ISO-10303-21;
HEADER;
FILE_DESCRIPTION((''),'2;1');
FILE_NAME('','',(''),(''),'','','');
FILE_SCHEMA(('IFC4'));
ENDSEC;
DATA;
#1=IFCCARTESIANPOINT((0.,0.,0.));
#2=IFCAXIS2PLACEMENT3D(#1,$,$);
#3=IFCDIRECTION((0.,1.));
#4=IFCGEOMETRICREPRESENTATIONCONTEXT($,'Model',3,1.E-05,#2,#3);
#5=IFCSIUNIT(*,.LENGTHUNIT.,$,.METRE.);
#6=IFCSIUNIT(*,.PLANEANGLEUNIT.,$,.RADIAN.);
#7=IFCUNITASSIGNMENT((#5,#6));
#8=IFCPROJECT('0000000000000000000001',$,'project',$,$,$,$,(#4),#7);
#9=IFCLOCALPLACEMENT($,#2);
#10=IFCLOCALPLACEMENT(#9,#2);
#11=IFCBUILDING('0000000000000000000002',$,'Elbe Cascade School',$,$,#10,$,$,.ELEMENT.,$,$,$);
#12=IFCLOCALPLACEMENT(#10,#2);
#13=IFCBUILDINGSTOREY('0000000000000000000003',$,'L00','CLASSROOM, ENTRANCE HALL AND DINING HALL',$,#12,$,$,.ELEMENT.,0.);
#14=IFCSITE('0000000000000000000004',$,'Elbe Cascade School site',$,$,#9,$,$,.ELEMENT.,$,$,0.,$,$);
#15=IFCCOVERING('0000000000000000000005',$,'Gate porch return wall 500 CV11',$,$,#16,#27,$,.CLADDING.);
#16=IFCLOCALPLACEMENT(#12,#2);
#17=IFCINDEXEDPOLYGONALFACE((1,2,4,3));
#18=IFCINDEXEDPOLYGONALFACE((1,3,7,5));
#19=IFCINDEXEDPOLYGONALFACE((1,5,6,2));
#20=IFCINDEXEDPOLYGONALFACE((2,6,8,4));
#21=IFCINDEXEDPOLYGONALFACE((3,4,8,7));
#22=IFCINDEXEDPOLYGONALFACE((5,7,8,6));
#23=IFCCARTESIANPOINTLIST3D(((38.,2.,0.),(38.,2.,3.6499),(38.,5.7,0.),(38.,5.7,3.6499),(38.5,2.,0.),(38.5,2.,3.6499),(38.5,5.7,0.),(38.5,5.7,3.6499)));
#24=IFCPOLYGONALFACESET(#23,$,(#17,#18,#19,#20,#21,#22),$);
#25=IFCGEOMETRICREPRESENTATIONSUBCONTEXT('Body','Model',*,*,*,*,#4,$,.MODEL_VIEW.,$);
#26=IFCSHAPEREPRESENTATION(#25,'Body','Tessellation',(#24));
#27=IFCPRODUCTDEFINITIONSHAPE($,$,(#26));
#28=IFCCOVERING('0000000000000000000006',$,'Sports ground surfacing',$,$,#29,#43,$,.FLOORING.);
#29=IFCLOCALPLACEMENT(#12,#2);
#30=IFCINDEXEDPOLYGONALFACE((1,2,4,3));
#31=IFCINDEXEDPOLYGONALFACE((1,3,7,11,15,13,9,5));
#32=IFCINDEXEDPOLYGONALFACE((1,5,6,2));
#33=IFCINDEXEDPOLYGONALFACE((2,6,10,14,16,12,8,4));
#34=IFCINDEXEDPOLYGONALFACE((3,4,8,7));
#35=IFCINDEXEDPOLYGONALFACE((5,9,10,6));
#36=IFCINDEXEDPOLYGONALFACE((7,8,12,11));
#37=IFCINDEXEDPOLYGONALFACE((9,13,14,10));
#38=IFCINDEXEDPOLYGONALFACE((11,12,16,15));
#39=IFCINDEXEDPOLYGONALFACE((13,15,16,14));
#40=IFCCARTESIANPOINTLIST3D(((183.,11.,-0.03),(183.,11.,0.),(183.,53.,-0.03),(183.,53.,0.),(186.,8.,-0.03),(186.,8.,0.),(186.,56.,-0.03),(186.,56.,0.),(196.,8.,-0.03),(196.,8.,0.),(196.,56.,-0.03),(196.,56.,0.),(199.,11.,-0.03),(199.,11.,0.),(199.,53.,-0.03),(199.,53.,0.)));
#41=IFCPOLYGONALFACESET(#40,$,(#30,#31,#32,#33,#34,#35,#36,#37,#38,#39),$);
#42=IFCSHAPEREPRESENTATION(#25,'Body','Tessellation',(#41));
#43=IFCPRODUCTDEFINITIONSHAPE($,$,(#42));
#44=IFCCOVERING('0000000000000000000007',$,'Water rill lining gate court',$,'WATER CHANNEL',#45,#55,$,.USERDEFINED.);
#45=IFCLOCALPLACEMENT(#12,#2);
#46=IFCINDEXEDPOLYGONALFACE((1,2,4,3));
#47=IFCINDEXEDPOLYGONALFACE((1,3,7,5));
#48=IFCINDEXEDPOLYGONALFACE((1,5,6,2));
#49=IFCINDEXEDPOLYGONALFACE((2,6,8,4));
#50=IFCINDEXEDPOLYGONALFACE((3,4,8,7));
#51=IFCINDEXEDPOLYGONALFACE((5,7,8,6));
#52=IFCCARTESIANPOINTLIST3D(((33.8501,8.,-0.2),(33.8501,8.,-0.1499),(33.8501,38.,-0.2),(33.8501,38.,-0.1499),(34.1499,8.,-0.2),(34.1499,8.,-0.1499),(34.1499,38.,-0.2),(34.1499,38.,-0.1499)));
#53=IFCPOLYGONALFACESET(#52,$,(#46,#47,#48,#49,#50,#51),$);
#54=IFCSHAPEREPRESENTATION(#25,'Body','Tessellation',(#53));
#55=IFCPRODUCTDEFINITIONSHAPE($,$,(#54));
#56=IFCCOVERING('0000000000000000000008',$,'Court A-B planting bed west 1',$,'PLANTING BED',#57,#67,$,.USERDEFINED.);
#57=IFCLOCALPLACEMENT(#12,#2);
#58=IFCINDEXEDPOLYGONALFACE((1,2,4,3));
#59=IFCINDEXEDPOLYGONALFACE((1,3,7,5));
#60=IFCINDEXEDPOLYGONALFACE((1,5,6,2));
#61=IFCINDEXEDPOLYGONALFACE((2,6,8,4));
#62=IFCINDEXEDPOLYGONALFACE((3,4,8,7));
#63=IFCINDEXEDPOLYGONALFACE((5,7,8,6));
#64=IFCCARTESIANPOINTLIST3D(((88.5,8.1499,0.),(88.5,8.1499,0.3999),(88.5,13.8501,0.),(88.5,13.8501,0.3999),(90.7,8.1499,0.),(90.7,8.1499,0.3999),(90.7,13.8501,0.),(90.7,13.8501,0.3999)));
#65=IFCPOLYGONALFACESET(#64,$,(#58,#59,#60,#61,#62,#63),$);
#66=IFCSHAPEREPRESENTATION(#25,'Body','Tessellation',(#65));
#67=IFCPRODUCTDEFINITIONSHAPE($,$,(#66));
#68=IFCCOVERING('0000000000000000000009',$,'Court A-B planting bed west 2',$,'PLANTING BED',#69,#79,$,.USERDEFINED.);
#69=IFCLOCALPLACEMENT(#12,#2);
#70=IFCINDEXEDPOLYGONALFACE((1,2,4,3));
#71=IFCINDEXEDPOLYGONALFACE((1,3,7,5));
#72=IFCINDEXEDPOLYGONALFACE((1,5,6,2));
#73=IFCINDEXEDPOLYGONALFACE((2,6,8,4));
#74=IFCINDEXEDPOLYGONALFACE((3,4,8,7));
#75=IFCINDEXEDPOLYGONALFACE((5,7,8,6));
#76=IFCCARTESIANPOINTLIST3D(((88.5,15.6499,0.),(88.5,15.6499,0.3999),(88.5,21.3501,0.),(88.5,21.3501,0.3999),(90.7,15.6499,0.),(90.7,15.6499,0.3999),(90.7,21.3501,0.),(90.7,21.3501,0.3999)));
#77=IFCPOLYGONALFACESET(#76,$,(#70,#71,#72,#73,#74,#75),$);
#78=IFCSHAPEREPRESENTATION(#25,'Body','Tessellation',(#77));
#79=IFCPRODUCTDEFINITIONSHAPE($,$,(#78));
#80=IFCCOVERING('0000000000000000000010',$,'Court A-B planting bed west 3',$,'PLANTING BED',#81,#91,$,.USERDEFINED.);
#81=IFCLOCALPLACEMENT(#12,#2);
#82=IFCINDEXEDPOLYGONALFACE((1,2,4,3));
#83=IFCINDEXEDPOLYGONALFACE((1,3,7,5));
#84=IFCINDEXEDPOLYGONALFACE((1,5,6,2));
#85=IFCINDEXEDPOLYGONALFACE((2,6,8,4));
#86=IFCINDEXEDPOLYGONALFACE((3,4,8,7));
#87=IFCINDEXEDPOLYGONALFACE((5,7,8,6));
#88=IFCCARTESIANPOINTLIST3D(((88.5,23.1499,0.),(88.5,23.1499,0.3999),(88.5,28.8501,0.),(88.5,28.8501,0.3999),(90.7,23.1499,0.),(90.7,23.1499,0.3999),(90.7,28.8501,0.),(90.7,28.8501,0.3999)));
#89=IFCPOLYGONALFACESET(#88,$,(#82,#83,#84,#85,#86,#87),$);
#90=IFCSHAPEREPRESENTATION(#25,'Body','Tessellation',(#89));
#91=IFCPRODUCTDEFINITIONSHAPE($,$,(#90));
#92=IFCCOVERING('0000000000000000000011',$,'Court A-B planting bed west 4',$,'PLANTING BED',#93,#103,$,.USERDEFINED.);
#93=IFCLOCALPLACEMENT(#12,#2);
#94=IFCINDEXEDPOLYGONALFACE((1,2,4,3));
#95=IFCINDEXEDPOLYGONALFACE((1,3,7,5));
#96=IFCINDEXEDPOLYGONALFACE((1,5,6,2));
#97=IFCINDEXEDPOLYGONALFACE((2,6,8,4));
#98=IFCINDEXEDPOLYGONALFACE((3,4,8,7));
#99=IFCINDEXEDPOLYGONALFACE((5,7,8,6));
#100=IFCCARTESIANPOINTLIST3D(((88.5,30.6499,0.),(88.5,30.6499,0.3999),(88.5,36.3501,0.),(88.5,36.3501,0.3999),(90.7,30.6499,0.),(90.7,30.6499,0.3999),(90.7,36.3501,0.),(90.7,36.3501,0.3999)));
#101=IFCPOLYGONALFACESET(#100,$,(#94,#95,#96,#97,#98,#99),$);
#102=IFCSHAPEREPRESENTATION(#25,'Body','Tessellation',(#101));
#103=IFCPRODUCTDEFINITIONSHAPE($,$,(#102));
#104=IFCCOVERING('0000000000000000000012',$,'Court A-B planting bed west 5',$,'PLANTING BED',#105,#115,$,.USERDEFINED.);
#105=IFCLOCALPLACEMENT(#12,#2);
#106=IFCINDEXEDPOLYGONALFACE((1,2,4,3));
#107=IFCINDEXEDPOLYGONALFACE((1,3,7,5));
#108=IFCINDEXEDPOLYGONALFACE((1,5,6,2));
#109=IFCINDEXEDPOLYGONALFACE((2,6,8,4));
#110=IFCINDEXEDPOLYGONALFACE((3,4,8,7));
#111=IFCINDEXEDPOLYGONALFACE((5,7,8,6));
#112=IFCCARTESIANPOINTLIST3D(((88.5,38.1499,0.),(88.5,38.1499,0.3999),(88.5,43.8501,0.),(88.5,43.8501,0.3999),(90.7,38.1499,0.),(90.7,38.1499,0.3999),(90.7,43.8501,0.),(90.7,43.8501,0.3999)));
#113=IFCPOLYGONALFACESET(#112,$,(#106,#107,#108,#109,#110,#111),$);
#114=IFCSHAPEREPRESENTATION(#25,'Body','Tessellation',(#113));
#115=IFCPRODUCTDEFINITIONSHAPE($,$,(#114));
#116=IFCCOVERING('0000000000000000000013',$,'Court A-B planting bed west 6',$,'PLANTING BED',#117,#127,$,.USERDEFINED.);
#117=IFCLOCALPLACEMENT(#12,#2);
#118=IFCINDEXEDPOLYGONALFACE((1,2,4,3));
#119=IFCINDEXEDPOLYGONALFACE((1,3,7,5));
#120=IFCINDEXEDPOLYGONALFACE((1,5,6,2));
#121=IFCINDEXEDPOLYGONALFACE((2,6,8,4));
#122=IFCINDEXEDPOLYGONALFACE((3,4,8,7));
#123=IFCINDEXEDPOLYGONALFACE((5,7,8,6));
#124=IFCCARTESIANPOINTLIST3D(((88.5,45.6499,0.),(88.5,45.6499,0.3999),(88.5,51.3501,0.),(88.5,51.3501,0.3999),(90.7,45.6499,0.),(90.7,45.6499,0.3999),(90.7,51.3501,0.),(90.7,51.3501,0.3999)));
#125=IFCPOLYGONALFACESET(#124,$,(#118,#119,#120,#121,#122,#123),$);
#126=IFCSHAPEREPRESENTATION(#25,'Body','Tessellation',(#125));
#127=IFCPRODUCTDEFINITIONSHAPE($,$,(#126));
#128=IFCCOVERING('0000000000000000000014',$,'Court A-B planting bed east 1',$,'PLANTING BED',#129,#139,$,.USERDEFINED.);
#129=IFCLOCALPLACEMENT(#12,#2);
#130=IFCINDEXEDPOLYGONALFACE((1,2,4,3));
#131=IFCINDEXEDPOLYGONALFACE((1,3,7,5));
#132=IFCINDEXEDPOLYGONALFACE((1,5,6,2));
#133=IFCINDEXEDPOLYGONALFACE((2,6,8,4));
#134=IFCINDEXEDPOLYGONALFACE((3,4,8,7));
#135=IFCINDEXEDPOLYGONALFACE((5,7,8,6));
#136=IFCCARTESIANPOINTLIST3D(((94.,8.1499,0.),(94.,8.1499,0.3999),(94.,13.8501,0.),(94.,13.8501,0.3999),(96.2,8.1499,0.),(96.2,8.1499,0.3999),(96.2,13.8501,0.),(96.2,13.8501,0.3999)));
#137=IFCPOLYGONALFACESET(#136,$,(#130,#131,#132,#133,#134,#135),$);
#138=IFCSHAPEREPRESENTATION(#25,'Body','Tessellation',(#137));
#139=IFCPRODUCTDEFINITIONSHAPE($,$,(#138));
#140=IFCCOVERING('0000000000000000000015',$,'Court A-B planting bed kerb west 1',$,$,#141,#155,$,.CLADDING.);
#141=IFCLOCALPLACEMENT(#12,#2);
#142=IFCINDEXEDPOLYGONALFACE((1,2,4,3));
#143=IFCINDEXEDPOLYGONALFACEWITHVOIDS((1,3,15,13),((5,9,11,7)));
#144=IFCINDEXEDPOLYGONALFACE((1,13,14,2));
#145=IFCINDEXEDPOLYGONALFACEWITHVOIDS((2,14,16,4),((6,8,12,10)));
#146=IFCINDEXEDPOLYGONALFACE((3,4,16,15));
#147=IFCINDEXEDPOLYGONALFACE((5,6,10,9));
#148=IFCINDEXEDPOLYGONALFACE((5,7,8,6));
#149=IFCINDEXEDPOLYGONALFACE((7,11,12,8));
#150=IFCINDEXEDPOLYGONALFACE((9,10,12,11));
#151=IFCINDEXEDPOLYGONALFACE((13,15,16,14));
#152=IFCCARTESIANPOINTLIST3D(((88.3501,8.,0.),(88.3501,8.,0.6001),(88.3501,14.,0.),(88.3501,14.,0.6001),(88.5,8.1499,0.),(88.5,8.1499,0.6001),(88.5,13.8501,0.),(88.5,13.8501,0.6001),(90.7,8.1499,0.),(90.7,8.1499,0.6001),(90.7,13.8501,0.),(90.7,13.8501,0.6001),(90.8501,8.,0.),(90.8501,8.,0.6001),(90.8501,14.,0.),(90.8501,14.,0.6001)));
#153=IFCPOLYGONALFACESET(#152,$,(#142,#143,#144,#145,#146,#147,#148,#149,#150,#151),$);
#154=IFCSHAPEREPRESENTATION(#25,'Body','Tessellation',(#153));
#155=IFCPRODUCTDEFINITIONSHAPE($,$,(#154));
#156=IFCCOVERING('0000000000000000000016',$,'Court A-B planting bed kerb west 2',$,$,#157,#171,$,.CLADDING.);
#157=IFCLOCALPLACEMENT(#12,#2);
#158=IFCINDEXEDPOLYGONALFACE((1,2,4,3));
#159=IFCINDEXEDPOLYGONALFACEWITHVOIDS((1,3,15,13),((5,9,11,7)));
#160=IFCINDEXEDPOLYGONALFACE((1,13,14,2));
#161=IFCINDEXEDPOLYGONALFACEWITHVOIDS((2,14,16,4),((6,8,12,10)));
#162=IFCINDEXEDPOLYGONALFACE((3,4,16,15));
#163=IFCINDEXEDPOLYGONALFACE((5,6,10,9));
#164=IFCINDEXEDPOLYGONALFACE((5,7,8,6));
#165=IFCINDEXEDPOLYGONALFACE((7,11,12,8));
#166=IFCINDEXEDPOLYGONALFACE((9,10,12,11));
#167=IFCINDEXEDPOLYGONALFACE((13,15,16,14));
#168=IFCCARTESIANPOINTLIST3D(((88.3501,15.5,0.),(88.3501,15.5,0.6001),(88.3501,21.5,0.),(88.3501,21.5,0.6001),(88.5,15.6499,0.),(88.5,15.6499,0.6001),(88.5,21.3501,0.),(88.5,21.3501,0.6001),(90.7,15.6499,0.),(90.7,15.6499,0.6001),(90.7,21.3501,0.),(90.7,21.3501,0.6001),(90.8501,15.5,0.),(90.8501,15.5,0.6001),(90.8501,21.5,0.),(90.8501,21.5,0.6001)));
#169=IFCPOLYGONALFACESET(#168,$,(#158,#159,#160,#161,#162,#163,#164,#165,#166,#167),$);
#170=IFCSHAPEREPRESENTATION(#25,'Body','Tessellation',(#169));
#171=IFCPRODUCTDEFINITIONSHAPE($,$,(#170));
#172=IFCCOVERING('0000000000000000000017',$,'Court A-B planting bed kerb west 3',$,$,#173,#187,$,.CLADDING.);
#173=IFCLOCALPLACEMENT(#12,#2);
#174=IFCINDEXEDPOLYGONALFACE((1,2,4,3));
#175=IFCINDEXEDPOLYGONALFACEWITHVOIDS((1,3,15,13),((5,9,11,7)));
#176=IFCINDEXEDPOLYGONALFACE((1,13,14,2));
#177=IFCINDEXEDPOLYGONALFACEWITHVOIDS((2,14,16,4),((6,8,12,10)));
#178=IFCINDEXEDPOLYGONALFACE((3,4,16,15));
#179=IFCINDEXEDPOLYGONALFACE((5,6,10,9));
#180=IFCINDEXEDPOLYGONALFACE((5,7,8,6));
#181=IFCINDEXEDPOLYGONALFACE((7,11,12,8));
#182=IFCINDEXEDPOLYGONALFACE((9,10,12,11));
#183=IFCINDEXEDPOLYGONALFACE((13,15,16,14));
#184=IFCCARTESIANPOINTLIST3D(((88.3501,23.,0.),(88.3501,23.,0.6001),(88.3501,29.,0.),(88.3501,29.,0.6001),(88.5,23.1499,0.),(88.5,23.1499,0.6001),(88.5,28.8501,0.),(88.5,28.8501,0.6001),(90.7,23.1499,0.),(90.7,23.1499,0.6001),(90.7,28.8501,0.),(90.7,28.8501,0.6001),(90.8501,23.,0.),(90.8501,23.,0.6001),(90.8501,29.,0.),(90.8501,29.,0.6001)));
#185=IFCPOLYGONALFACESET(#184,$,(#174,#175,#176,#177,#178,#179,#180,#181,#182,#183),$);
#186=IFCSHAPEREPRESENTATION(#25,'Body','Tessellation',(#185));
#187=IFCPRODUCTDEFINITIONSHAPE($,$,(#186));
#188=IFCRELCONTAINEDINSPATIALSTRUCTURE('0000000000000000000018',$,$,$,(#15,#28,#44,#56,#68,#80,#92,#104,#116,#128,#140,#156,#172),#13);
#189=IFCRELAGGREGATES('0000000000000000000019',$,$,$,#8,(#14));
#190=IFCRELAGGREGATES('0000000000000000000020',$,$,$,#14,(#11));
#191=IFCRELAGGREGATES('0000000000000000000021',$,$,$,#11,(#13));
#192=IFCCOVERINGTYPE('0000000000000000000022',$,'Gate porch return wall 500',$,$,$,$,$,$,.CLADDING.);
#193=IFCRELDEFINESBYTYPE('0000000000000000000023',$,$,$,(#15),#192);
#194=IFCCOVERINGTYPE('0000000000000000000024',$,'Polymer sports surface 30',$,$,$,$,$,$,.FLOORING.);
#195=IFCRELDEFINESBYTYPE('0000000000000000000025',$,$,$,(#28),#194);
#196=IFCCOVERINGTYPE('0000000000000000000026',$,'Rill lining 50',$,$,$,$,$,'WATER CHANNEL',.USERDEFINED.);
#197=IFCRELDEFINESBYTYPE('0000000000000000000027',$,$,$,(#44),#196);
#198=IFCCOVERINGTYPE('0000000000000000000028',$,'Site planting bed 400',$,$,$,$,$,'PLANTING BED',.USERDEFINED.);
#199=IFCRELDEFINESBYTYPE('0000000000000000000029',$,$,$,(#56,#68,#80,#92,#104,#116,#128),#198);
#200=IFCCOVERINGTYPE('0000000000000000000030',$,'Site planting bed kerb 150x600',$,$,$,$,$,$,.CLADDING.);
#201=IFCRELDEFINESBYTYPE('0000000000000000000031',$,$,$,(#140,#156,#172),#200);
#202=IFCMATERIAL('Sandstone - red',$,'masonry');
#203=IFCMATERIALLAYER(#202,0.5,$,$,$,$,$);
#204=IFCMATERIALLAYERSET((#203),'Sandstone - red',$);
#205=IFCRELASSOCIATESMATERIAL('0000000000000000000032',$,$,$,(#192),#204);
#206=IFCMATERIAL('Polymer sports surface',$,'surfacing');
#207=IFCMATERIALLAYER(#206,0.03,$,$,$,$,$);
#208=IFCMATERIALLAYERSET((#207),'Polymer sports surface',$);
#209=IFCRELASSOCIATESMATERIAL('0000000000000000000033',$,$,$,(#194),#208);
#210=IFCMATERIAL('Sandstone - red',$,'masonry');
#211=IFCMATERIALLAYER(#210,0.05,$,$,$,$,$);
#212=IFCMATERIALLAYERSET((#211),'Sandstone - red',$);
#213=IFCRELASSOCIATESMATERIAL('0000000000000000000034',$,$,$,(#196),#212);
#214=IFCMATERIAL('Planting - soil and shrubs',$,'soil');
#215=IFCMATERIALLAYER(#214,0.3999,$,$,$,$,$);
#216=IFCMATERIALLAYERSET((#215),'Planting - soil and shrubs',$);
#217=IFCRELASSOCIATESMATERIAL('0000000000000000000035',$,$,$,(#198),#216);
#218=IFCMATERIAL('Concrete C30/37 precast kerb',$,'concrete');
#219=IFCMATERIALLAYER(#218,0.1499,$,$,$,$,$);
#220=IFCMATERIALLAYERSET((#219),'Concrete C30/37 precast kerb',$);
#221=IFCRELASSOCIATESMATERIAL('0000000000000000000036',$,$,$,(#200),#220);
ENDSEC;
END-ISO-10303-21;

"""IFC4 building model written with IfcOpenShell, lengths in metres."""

from ifc_helpers import new_model, si_unit, direction, frame, origin, place, context, subcontext, project, spatial, polyline, outline, extrude, material, layer, layer_set, type_object, element, save


model = new_model("IFC4")

# Units and contexts
model_context = context("Model", 3, precision=1e-05, world=origin(), true_north=direction((0.0, 1.0)))
body_context = subcontext(model_context, "Body", "Model", "MODEL_VIEW")
ifc_project = project(units=[si_unit("LENGTHUNIT", "METRE"), si_unit("PLANEANGLEUNIT", "RADIAN")], contexts=[model_context])

# Site, building, storey
site_placement = place(None, origin())
site = spatial("IfcSite", under=ifc_project, at=site_placement, Name="Elbe Cascade School site", CompositionType="ELEMENT", RefElevation=0.0)
building_placement = place(site_placement, origin())
building = spatial("IfcBuilding", under=site, at=building_placement, Name="Elbe Cascade School", CompositionType="ELEMENT")
storey_placement = place(building_placement, origin())
storey = spatial("IfcBuildingStorey", under=building, at=storey_placement, Name="L00", Description="CLASSROOM, ENTRANCE HALL AND DINING HALL", CompositionType="ELEMENT", Elevation=0.0)

# Coverings
ifc_material_1 = material(Name="Sandstone - red", Category="masonry")
ifc_layer_1 = layer(ifc_material_1, 0.5)
ifc_layer_set_1 = layer_set([ifc_layer_1], Name="Sandstone - red")
covering_type_1 = type_object("IfcCoveringType", Name="Gate porch return wall 500", PredefinedType="CLADDING", material=ifc_layer_set_1)
covering_1_placement = place(storey_placement, origin())
element("IfcCovering", 1, at=covering_1_placement, inside=storey, type_object=covering_type_1, Name="Gate porch return wall 500 CV11", PredefinedType="CLADDING", context=body_context, shape_type="SweptSolid", body=[
    extrude(outline(polyline([(38.0, 2.0), (38.5, 2.0), (38.5, 5.7), (38.0, 5.7), (38.0, 2.0)])), origin(), (0.0, 0.0, 1.0), 3.6499),
])
ifc_material_2 = material(Name="Polymer sports surface", Category="surfacing")
ifc_layer_2 = layer(ifc_material_2, 0.03)
ifc_layer_set_2 = layer_set([ifc_layer_2], Name="Polymer sports surface")
covering_type_2 = type_object("IfcCoveringType", Name="Polymer sports surface 30", PredefinedType="FLOORING", material=ifc_layer_set_2)
covering_2_placement = place(storey_placement, frame((0.0, 0.0, -0.03)))
element("IfcCovering", 2, at=covering_2_placement, inside=storey, type_object=covering_type_2, Name="Sports ground surfacing", PredefinedType="FLOORING", context=body_context, shape_type="SweptSolid", body=[
    extrude(outline(polyline([(186.0, 8.0), (196.0, 8.0), (199.0, 11.0), (199.0, 53.0), (196.0, 56.0), (186.0, 56.0), (183.0, 53.0), (183.0, 11.0), (186.0, 8.0)])), origin(), (0.0, 0.0, 1.0), 0.03),
])
ifc_material_3 = material(Name="Sandstone - red", Category="masonry")
ifc_layer_3 = layer(ifc_material_3, 0.05)
ifc_layer_set_3 = layer_set([ifc_layer_3], Name="Sandstone - red")
covering_type_3 = type_object("IfcCoveringType", Name="Rill lining 50", ElementType="WATER CHANNEL", PredefinedType="USERDEFINED", material=ifc_layer_set_3)
covering_3_placement = place(storey_placement, frame((0.0, 0.0, -0.2)))
element("IfcCovering", 3, at=covering_3_placement, inside=storey, type_object=covering_type_3, Name="Water rill lining gate court", ObjectType="WATER CHANNEL", PredefinedType="USERDEFINED", context=body_context, shape_type="SweptSolid", body=[
    extrude(outline(polyline([(33.8501, 8.0), (34.1499, 8.0), (34.1499, 38.0), (33.8501, 38.0), (33.8501, 8.0)])), origin(), (0.0, 0.0, 1.0), 0.05),
])
ifc_material_4 = material(Name="Planting - soil and shrubs", Category="soil")
ifc_layer_4 = layer(ifc_material_4, 0.3999)
ifc_layer_set_4 = layer_set([ifc_layer_4], Name="Planting - soil and shrubs")
covering_type_4 = type_object("IfcCoveringType", Name="Site planting bed 400", ElementType="PLANTING BED", PredefinedType="USERDEFINED", material=ifc_layer_set_4)
covering_4_placement = place(storey_placement, origin())
element("IfcCovering", 4, at=covering_4_placement, inside=storey, type_object=covering_type_4, Name="Court A-B planting bed west 1", ObjectType="PLANTING BED", PredefinedType="USERDEFINED", context=body_context, shape_type="SweptSolid", body=[
    extrude(outline(polyline([(88.5, 8.1499), (90.7, 8.1499), (90.7, 13.8501), (88.5, 13.8501), (88.5, 8.1499)])), origin(), (0.0, 0.0, 1.0), 0.3999),
])
covering_5_placement = place(storey_placement, origin())
element("IfcCovering", 5, at=covering_5_placement, inside=storey, type_object=covering_type_4, Name="Court A-B planting bed west 2", ObjectType="PLANTING BED", PredefinedType="USERDEFINED", context=body_context, shape_type="SweptSolid", body=[
    extrude(outline(polyline([(88.5, 15.6499), (90.7, 15.6499), (90.7, 21.3501), (88.5, 21.3501), (88.5, 15.6499)])), origin(), (0.0, 0.0, 1.0), 0.3999),
])
covering_6_placement = place(storey_placement, origin())
element("IfcCovering", 6, at=covering_6_placement, inside=storey, type_object=covering_type_4, Name="Court A-B planting bed west 3", ObjectType="PLANTING BED", PredefinedType="USERDEFINED", context=body_context, shape_type="SweptSolid", body=[
    extrude(outline(polyline([(88.5, 23.1499), (90.7, 23.1499), (90.7, 28.8501), (88.5, 28.8501), (88.5, 23.1499)])), origin(), (0.0, 0.0, 1.0), 0.3999),
])
covering_7_placement = place(storey_placement, origin())
element("IfcCovering", 7, at=covering_7_placement, inside=storey, type_object=covering_type_4, Name="Court A-B planting bed west 4", ObjectType="PLANTING BED", PredefinedType="USERDEFINED", context=body_context, shape_type="SweptSolid", body=[
    extrude(outline(polyline([(88.5, 30.6499), (90.7, 30.6499), (90.7, 36.3501), (88.5, 36.3501), (88.5, 30.6499)])), origin(), (0.0, 0.0, 1.0), 0.3999),
])
covering_8_placement = place(storey_placement, origin())
element("IfcCovering", 8, at=covering_8_placement, inside=storey, type_object=covering_type_4, Name="Court A-B planting bed west 5", ObjectType="PLANTING BED", PredefinedType="USERDEFINED", context=body_context, shape_type="SweptSolid", body=[
    extrude(outline(polyline([(88.5, 38.1499), (90.7, 38.1499), (90.7, 43.8501), (88.5, 43.8501), (88.5, 38.1499)])), origin(), (0.0, 0.0, 1.0), 0.3999),
])
covering_9_placement = place(storey_placement, origin())
element("IfcCovering", 9, at=covering_9_placement, inside=storey, type_object=covering_type_4, Name="Court A-B planting bed west 6", ObjectType="PLANTING BED", PredefinedType="USERDEFINED", context=body_context, shape_type="SweptSolid", body=[
    extrude(outline(polyline([(88.5, 45.6499), (90.7, 45.6499), (90.7, 51.3501), (88.5, 51.3501), (88.5, 45.6499)])), origin(), (0.0, 0.0, 1.0), 0.3999),
])
covering_10_placement = place(storey_placement, origin())
element("IfcCovering", 10, at=covering_10_placement, inside=storey, type_object=covering_type_4, Name="Court A-B planting bed east 1", ObjectType="PLANTING BED", PredefinedType="USERDEFINED", context=body_context, shape_type="SweptSolid", body=[
    extrude(outline(polyline([(94.0, 8.1499), (96.2, 8.1499), (96.2, 13.8501), (94.0, 13.8501), (94.0, 8.1499)])), origin(), (0.0, 0.0, 1.0), 0.3999),
])
ifc_material_5 = material(Name="Concrete C30/37 precast kerb", Category="concrete")
ifc_layer_5 = layer(ifc_material_5, 0.1499)
ifc_layer_set_5 = layer_set([ifc_layer_5], Name="Concrete C30/37 precast kerb")
covering_type_5 = type_object("IfcCoveringType", Name="Site planting bed kerb 150x600", PredefinedType="CLADDING", material=ifc_layer_set_5)
covering_11_placement = place(storey_placement, origin())
element("IfcCovering", 11, at=covering_11_placement, inside=storey, type_object=covering_type_5, Name="Court A-B planting bed kerb west 1", PredefinedType="CLADDING", context=body_context, shape_type="SweptSolid", body=[
    extrude(outline(polyline([(88.3501, 8.0), (90.8501, 8.0), (90.8501, 14.0), (88.3501, 14.0), (88.3501, 8.0)]), holes=[polyline([(88.5, 8.1499), (90.7, 8.1499), (90.7, 13.8501), (88.5, 13.8501), (88.5, 8.1499)])]), origin(), (0.0, 0.0, 1.0), 0.6001),
])
covering_12_placement = place(storey_placement, origin())
element("IfcCovering", 12, at=covering_12_placement, inside=storey, type_object=covering_type_5, Name="Court A-B planting bed kerb west 2", PredefinedType="CLADDING", context=body_context, shape_type="SweptSolid", body=[
    extrude(outline(polyline([(88.3501, 15.5), (90.8501, 15.5), (90.8501, 21.5), (88.3501, 21.5), (88.3501, 15.5)]), holes=[polyline([(88.5, 15.6499), (90.7, 15.6499), (90.7, 21.3501), (88.5, 21.3501), (88.5, 15.6499)])]), origin(), (0.0, 0.0, 1.0), 0.6001),
])
covering_13_placement = place(storey_placement, origin())
element("IfcCovering", 13, at=covering_13_placement, inside=storey, type_object=covering_type_5, Name="Court A-B planting bed kerb west 3", PredefinedType="CLADDING", context=body_context, shape_type="SweptSolid", body=[
    extrude(outline(polyline([(88.3501, 23.0), (90.8501, 23.0), (90.8501, 29.0), (88.3501, 29.0), (88.3501, 23.0)]), holes=[polyline([(88.5, 23.1499), (90.7, 23.1499), (90.7, 28.8501), (88.5, 28.8501), (88.5, 23.1499)])]), origin(), (0.0, 0.0, 1.0), 0.6001),
])

save(model, "model.ifc")
